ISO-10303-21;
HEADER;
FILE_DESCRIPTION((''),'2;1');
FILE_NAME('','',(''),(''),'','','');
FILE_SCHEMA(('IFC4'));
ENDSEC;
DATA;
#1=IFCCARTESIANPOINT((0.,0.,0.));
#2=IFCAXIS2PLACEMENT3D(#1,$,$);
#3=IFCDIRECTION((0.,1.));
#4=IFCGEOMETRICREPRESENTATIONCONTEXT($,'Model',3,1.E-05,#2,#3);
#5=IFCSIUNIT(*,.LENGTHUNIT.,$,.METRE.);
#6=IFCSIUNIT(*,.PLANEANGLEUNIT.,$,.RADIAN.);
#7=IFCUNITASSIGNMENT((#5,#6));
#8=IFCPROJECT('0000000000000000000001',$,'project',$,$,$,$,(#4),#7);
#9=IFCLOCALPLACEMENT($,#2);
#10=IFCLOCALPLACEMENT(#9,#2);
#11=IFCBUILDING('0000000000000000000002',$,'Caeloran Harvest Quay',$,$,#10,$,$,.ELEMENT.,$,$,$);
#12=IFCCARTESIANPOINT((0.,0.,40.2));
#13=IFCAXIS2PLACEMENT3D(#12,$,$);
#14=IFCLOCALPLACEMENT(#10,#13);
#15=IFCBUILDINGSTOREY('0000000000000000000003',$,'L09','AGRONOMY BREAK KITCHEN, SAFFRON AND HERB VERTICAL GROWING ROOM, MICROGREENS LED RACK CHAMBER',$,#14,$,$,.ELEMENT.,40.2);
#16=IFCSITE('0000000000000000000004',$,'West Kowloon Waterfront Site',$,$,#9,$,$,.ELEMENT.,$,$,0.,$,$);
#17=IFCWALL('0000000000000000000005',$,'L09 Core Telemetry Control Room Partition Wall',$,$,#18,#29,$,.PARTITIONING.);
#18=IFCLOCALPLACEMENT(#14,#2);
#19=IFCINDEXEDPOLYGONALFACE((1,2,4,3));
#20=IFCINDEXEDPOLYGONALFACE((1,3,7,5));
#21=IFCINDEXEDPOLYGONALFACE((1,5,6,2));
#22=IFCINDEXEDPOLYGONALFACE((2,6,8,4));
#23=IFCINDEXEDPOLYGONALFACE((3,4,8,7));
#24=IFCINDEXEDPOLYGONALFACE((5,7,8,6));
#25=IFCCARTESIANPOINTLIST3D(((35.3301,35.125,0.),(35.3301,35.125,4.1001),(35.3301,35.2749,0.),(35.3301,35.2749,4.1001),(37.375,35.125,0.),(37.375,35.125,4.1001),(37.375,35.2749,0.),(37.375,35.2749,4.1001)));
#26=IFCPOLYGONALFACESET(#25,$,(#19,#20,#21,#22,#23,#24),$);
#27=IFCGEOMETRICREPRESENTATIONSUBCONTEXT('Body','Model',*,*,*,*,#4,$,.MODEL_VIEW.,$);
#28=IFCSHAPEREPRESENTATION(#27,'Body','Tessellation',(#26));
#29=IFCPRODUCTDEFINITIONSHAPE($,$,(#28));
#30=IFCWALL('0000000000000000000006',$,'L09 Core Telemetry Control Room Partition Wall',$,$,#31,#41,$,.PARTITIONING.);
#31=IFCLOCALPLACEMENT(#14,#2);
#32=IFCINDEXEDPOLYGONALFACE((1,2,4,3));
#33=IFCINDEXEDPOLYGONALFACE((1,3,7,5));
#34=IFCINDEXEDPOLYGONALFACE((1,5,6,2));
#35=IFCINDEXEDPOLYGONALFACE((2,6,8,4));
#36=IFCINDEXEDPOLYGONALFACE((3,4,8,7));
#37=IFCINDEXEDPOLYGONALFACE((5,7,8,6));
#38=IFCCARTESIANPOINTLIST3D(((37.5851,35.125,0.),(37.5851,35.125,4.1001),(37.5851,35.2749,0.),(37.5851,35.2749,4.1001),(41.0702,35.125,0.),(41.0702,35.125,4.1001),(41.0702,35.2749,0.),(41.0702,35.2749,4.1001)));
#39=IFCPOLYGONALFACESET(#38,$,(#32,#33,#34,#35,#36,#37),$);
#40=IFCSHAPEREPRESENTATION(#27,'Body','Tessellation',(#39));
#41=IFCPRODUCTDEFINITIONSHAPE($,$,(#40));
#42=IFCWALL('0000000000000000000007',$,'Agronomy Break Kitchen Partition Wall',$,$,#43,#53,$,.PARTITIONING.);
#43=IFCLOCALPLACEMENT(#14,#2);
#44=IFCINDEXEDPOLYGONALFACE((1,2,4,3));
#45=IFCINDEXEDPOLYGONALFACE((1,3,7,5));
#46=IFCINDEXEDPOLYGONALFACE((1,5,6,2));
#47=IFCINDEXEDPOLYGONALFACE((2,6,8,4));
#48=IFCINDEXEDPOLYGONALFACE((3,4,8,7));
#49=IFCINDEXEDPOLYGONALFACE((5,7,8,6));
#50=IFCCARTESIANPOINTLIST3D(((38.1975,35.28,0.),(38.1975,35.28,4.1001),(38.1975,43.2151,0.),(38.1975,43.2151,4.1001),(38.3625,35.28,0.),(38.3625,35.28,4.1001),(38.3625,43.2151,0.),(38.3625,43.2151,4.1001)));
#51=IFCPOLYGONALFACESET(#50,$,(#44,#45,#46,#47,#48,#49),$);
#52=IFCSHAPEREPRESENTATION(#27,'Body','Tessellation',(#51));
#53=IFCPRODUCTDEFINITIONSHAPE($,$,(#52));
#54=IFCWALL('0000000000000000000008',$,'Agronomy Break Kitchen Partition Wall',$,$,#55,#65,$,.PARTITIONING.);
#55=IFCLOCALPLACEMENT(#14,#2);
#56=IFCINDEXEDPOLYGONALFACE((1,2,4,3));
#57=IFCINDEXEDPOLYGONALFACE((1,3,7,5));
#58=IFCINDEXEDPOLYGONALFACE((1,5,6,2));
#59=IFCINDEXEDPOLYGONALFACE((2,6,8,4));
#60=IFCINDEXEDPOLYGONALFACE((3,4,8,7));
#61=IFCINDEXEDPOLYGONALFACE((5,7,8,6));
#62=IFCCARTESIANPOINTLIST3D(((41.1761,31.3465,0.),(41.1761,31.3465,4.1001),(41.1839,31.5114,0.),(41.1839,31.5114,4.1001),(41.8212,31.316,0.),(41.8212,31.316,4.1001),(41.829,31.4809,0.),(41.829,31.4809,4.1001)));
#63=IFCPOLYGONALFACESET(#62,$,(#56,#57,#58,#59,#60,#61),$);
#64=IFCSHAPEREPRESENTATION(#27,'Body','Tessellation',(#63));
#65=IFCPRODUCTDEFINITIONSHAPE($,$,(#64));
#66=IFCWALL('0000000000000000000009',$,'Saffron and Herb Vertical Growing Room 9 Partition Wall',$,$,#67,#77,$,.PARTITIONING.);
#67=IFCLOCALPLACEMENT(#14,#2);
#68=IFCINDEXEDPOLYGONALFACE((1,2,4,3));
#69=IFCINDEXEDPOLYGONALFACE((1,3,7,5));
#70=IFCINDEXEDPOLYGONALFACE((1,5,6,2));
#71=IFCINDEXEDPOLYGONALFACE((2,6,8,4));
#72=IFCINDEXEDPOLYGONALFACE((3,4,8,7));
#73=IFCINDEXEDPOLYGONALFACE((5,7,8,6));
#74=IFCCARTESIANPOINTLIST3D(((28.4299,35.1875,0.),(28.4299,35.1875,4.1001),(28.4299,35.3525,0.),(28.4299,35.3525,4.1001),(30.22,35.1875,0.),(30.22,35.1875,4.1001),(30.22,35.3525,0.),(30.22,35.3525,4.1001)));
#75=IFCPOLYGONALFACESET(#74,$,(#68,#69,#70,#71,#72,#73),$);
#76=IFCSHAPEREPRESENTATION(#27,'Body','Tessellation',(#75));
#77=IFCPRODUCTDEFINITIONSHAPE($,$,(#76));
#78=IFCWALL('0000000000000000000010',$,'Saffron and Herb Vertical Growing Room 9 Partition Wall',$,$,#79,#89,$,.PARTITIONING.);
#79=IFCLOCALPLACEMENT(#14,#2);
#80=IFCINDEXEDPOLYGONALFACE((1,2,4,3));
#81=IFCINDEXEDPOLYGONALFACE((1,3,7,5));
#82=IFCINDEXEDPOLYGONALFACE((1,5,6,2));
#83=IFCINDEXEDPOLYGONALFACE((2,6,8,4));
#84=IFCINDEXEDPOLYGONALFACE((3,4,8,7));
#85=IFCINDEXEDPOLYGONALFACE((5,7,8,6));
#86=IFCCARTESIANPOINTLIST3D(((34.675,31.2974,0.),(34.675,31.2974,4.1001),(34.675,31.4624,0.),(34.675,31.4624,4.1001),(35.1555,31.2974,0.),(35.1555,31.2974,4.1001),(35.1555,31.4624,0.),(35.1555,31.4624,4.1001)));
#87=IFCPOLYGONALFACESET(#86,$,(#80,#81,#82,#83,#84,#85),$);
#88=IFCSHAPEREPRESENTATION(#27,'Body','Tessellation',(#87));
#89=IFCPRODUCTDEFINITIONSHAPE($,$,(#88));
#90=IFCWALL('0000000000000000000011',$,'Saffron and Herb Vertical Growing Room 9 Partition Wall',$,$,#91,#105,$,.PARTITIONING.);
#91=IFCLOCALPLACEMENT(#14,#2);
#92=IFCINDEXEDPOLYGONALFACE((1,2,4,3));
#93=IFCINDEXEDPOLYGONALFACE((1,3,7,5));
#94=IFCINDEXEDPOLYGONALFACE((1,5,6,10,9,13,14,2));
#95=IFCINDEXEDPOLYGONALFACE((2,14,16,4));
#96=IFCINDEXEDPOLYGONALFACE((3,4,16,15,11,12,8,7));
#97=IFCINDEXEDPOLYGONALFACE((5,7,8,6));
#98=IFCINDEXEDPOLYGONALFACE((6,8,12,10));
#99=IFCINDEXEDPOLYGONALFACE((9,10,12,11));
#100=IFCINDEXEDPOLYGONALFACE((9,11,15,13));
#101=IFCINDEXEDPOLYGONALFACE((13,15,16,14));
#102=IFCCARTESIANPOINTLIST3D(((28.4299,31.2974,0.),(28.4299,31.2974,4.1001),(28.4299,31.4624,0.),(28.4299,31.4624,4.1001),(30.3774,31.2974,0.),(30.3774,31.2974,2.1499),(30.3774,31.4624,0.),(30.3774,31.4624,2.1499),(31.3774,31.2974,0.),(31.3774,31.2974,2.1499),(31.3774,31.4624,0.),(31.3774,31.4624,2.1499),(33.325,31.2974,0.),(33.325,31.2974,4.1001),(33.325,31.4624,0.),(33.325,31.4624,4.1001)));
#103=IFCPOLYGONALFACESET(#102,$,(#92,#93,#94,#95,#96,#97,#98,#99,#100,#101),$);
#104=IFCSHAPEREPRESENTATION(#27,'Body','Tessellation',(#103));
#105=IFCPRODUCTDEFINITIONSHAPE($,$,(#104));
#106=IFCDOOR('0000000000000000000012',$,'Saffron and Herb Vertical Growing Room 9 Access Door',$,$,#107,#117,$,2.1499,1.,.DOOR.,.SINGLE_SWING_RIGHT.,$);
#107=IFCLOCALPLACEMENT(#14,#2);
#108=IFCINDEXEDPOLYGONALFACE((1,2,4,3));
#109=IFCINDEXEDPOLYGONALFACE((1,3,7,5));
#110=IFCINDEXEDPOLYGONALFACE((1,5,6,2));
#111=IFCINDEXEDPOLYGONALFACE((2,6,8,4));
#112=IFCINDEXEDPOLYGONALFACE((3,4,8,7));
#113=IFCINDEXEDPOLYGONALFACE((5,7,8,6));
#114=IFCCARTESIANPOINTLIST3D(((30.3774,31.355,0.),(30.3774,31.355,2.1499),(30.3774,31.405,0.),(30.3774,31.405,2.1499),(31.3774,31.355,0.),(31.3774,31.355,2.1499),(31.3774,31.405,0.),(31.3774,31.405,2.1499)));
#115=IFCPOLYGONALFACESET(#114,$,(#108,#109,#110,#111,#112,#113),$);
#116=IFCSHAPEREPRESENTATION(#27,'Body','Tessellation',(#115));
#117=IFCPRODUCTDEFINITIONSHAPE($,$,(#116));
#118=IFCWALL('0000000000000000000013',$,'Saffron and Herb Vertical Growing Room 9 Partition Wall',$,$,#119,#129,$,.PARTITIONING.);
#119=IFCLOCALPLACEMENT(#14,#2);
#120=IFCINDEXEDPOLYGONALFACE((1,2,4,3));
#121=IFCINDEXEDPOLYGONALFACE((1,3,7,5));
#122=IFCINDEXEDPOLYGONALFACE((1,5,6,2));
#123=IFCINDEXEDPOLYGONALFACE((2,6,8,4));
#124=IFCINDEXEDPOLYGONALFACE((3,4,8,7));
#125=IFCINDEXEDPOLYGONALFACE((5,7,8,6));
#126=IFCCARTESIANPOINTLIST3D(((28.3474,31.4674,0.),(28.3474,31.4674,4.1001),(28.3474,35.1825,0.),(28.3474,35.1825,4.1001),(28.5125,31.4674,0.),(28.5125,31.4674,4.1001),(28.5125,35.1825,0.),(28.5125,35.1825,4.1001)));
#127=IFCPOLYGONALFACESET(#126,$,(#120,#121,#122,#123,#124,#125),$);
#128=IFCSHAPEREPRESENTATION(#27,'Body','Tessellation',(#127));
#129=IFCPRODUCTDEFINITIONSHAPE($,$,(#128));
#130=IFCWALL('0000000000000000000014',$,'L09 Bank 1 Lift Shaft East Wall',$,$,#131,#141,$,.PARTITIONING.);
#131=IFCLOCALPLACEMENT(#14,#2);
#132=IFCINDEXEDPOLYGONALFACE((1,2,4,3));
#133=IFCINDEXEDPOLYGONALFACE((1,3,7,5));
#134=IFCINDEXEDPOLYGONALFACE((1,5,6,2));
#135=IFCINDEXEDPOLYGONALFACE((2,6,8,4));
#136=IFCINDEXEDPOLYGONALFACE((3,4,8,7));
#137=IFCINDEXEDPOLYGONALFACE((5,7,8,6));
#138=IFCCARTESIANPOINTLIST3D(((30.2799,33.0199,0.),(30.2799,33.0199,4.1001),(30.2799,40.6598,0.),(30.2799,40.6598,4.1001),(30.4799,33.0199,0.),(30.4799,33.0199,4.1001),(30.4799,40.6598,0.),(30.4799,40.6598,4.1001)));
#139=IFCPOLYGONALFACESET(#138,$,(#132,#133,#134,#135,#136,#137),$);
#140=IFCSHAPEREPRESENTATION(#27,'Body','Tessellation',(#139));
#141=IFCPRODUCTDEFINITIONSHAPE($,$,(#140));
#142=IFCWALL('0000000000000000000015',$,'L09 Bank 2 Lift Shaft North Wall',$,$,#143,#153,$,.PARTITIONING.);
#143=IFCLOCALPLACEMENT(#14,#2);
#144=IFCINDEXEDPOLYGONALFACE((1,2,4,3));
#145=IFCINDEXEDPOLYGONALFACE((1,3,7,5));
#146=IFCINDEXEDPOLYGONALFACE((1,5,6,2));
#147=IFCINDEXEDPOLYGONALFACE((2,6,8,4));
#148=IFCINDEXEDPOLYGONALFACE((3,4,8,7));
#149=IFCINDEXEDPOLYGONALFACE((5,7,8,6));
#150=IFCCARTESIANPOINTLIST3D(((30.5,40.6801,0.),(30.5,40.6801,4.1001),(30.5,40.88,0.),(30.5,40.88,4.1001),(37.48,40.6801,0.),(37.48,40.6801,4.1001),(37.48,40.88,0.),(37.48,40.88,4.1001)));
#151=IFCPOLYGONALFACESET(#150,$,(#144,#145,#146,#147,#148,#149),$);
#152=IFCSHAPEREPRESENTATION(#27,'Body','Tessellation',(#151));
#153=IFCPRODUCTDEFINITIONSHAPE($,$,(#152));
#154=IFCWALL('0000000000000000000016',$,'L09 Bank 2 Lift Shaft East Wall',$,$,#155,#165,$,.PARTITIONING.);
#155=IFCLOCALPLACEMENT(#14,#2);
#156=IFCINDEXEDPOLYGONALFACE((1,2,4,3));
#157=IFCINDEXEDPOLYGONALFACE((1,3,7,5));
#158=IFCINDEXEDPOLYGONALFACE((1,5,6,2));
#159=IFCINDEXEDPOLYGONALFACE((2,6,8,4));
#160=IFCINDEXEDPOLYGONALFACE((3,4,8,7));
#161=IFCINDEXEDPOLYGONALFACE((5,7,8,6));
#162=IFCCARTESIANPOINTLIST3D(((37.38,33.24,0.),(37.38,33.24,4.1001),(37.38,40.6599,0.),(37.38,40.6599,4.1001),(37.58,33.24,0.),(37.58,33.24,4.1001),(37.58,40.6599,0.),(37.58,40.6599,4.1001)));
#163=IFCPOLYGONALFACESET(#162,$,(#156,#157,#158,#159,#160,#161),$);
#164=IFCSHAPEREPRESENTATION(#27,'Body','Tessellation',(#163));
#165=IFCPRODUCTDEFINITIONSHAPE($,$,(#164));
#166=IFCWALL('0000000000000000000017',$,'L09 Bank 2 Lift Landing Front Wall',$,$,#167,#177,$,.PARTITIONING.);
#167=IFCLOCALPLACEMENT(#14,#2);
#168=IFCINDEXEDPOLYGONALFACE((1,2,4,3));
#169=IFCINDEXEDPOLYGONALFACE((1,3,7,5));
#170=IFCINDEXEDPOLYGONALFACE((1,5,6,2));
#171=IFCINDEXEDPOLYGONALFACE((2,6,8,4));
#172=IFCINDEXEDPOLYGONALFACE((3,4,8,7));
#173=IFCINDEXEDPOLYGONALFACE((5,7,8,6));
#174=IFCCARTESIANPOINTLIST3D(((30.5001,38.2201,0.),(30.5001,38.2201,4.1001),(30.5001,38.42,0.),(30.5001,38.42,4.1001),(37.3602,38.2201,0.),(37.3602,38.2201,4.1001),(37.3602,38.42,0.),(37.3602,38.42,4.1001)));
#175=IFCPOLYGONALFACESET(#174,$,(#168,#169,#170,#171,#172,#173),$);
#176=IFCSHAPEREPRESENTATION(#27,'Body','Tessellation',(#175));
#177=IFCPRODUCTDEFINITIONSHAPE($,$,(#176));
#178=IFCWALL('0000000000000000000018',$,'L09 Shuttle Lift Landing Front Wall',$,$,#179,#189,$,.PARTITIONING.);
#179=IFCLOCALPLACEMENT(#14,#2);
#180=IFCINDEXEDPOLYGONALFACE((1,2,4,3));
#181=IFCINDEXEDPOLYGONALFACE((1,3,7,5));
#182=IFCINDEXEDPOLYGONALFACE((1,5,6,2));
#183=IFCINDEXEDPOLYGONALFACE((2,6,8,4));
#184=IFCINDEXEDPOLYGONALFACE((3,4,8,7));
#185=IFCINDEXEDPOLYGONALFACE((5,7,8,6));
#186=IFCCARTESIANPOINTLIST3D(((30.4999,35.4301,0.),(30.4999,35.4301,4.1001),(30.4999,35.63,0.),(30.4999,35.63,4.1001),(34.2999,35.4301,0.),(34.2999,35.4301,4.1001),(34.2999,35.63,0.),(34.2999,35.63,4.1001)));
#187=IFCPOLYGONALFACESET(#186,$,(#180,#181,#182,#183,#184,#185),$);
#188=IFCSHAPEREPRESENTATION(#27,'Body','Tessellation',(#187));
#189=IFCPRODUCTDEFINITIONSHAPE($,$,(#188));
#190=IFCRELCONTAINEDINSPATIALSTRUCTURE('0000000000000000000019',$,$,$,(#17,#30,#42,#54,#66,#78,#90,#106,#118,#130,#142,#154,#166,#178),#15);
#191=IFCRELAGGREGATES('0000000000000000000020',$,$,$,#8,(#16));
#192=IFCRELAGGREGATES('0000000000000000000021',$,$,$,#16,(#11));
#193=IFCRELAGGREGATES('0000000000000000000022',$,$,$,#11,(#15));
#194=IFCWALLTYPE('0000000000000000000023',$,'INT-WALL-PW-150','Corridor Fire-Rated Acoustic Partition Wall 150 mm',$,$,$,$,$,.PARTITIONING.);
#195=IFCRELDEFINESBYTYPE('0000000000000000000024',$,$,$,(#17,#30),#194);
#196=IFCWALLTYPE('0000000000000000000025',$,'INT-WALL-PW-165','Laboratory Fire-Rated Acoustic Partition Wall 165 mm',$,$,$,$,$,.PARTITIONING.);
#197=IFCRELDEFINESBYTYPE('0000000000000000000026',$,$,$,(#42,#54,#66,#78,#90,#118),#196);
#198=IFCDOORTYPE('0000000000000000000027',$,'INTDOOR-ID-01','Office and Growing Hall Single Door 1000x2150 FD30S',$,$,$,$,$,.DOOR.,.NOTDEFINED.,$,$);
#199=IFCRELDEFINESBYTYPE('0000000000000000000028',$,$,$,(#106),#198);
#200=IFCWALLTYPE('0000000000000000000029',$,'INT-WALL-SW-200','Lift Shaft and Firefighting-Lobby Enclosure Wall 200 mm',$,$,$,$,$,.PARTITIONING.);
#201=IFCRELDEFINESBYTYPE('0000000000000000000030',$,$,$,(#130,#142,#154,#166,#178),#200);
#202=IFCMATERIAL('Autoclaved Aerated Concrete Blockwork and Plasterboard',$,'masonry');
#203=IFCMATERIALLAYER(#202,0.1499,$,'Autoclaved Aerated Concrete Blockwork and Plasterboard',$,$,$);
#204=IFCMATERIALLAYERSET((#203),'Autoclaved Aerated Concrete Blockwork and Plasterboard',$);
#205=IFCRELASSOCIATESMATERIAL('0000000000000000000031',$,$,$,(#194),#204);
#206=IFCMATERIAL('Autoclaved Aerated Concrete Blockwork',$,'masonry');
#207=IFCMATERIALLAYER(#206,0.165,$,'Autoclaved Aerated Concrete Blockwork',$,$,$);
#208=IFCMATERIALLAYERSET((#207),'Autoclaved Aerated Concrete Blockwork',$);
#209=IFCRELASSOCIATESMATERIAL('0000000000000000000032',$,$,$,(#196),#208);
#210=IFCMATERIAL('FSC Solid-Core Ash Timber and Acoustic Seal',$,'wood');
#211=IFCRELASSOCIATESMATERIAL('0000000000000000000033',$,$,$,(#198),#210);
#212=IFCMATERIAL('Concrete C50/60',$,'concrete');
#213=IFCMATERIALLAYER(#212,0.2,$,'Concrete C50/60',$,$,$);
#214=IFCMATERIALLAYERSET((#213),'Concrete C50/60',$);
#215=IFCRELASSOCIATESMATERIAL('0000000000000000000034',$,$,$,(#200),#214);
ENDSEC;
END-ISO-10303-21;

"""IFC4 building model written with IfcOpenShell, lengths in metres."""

from ifc_helpers import new_model, si_unit, direction, frame, frame_2d, origin, place, context, subcontext, project, spatial, rectangle, extrude, material, layer, layer_set, type_object, element, fill, save


model = new_model("IFC4")

# Units and contexts
model_context = context("Model", 3, precision=1e-05, world=origin(), true_north=direction((0.0, 1.0)))
body_context = subcontext(model_context, "Body", "Model", "MODEL_VIEW")
ifc_project = project(units=[si_unit("LENGTHUNIT", "METRE"), si_unit("PLANEANGLEUNIT", "RADIAN")], contexts=[model_context])

# Site, building, storey
site_placement = place(None, origin())
site = spatial("IfcSite", under=ifc_project, at=site_placement, Name="West Kowloon Waterfront Site", CompositionType="ELEMENT", RefElevation=0.0)
building_placement = place(site_placement, origin())
building = spatial("IfcBuilding", under=site, at=building_placement, Name="Caeloran Harvest Quay", CompositionType="ELEMENT")
storey_placement = place(building_placement, frame((0.0, 0.0, 40.2)))
storey = spatial("IfcBuildingStorey", under=building, at=storey_placement, Name="L09", Description="AGRONOMY BREAK KITCHEN, SAFFRON AND HERB VERTICAL GROWING ROOM, MICROGREENS LED RACK CHAMBER", CompositionType="ELEMENT", Elevation=40.2)

# Shared definitions
ifc_material_1 = material(Name="Autoclaved Aerated Concrete Blockwork and Plasterboard", Category="masonry")
ifc_layer_1 = layer(ifc_material_1, 0.1499, Name="Autoclaved Aerated Concrete Blockwork and Plasterboard")
ifc_layer_set_1 = layer_set([ifc_layer_1], Name="Autoclaved Aerated Concrete Blockwork and Plasterboard")
wall_type_1 = type_object("IfcWallType", Name="INT-WALL-PW-150", Description="Corridor Fire-Rated Acoustic Partition Wall 150 mm", PredefinedType="PARTITIONING", material=ifc_layer_set_1)

# Walls
wall_1_placement = place(storey_placement, frame((35.3301, 35.2, 0.0), z_axis=(0.0, 0.0, 1.0), x_axis=(1.0, 0.0, 0.0)))
element("IfcWall", 1, at=wall_1_placement, inside=storey, type_object=wall_type_1, Name="L09 Core Telemetry Control Room Partition Wall", PredefinedType="PARTITIONING", context=body_context, shape_type="SweptSolid", body=[
    extrude(rectangle(XDim=2.0449, YDim=0.1499, at=frame_2d((1.0225, 0.0))), origin(), (0.0, 0.0, 1.0), 4.1001),
])
wall_2_placement = place(storey_placement, frame((37.585, 35.2, 0.0), z_axis=(0.0, 0.0, 1.0), x_axis=(1.0, 0.0, 0.0)))
element("IfcWall", 2, at=wall_2_placement, inside=storey, type_object=wall_type_1, Name="L09 Core Telemetry Control Room Partition Wall", PredefinedType="PARTITIONING", context=body_context, shape_type="SweptSolid", body=[
    extrude(rectangle(XDim=3.4851, YDim=0.1499, at=frame_2d((1.7427, 0.0))), origin(), (0.0, 0.0, 1.0), 4.1001),
])
ifc_material_2 = material(Name="Autoclaved Aerated Concrete Blockwork", Category="masonry")
ifc_layer_2 = layer(ifc_material_2, 0.165, Name="Autoclaved Aerated Concrete Blockwork")
ifc_layer_set_2 = layer_set([ifc_layer_2], Name="Autoclaved Aerated Concrete Blockwork")
wall_type_2 = type_object("IfcWallType", Name="INT-WALL-PW-165", Description="Laboratory Fire-Rated Acoustic Partition Wall 165 mm", PredefinedType="PARTITIONING", material=ifc_layer_set_2)
wall_3_placement = place(storey_placement, frame((38.28, 35.28, 0.0), z_axis=(0.0, 0.0, 1.0), x_axis=(0.0, 1.0, 0.0)))
element("IfcWall", 3, at=wall_3_placement, inside=storey, type_object=wall_type_2, Name="Agronomy Break Kitchen Partition Wall", PredefinedType="PARTITIONING", context=body_context, shape_type="SweptSolid", body=[
    extrude(rectangle(XDim=7.9351, YDim=0.165, at=frame_2d((3.9675, 0.0))), origin(), (0.0, 0.0, 1.0), 4.1001),
])
wall_4_placement = place(storey_placement, frame((41.825, 31.3984, 0.0), z_axis=(0.0, 0.0, 1.0), x_axis=(-0.998883, 0.04726, 0.0)))
element("IfcWall", 4, at=wall_4_placement, inside=storey, type_object=wall_type_2, Name="Agronomy Break Kitchen Partition Wall", PredefinedType="PARTITIONING", context=body_context, shape_type="SweptSolid", body=[
    extrude(rectangle(XDim=0.6458, YDim=0.165, at=frame_2d((0.3228, 0.0))), origin(), (0.0, 0.0, 1.0), 4.1001),
])
wall_5_placement = place(storey_placement, frame((28.4299, 35.27, 0.0), z_axis=(0.0, 0.0, 1.0), x_axis=(1.0, 0.0, 0.0)))
element("IfcWall", 5, at=wall_5_placement, inside=storey, type_object=wall_type_2, Name="Saffron and Herb Vertical Growing Room 9 Partition Wall", PredefinedType="PARTITIONING", context=body_context, shape_type="SweptSolid", body=[
    extrude(rectangle(XDim=1.79, YDim=0.165, at=frame_2d((0.895, 0.0))), origin(), (0.0, 0.0, 1.0), 4.1001),
])
wall_6_placement = place(storey_placement, frame((35.1555, 31.3799, 0.0), z_axis=(0.0, 0.0, 1.0), x_axis=(-1.0, 0.0, 0.0)))
element("IfcWall", 6, at=wall_6_placement, inside=storey, type_object=wall_type_2, Name="Saffron and Herb Vertical Growing Room 9 Partition Wall", PredefinedType="PARTITIONING", context=body_context, shape_type="SweptSolid", body=[
    extrude(rectangle(XDim=0.4805, YDim=0.165, at=frame_2d((0.2402, 0.0))), origin(), (0.0, 0.0, 1.0), 4.1001),
])

# Wall, opening, door
wall_7_placement = place(storey_placement, frame((33.325, 31.3799, 0.0), z_axis=(0.0, 0.0, 1.0), x_axis=(-1.0, 0.0, 0.0)))
wall_7 = element("IfcWall", 7, at=wall_7_placement, inside=storey, type_object=wall_type_2, Name="Saffron and Herb Vertical Growing Room 9 Partition Wall", PredefinedType="PARTITIONING", context=body_context, shape_type="SweptSolid", body=[
    extrude(rectangle(XDim=4.895, YDim=0.165, at=frame_2d((2.4475, 0.0))), origin(), (0.0, 0.0, 1.0), 4.1001),
])
opening_1_placement = place(wall_7_placement, frame((1.9475, 0.0, 0.0)))
opening_1 = element("IfcOpeningElement", 8, at=opening_1_placement, cuts=wall_7, PredefinedType="OPENING", context=body_context, shape_type="SweptSolid", body=[
    extrude(rectangle(XDim=1.0, YDim=2.1499, at=frame_2d((0.5, 1.075))), frame((0.0, 0.0925, 0.0), z_axis=(0.0, -1.0, 0.0), x_axis=(1.0, 0.0, 0.0)), (0.0, 0.0, 1.0), 0.1851),
])
ifc_material_3 = material(Name="FSC Solid-Core Ash Timber and Acoustic Seal", Category="wood")
door_type_1 = type_object("IfcDoorType", Name="INTDOOR-ID-01", Description="Office and Growing Hall Single Door 1000x2150 FD30S", OperationType="NOTDEFINED", PredefinedType="DOOR", material=ifc_material_3)
door_1_placement = place(opening_1_placement, origin())
door_1 = element("IfcDoor", 9, at=door_1_placement, inside=storey, type_object=door_type_1, Name="Saffron and Herb Vertical Growing Room 9 Access Door", OperationType="SINGLE_SWING_RIGHT", OverallHeight=2.1499, OverallWidth=1.0, PredefinedType="DOOR", context=body_context, shape_type="SweptSolid", body=[
    extrude(rectangle(XDim=1.0, YDim=2.1499, at=frame_2d((0.5, 1.075))), frame((0.0, 0.0249, 0.0), z_axis=(0.0, -1.0, 0.0), x_axis=(1.0, 0.0, 0.0)), (0.0, 0.0, 1.0), 0.05),
])
fill(opening_1, door_1)

# Walls
wall_8_placement = place(storey_placement, frame((28.4299, 31.4675, 0.0), z_axis=(0.0, 0.0, 1.0), x_axis=(0.0, 1.0, 0.0)))
element("IfcWall", 10, at=wall_8_placement, inside=storey, type_object=wall_type_2, Name="Saffron and Herb Vertical Growing Room 9 Partition Wall", PredefinedType="PARTITIONING", context=body_context, shape_type="SweptSolid", body=[
    extrude(rectangle(XDim=3.7151, YDim=0.165, at=frame_2d((1.8574, 0.0))), origin(), (0.0, 0.0, 1.0), 4.1001),
])
ifc_material_4 = material(Name="Concrete C50/60", Category="concrete")
ifc_layer_3 = layer(ifc_material_4, 0.2, Name="Concrete C50/60")
ifc_layer_set_3 = layer_set([ifc_layer_3], Name="Concrete C50/60")
wall_type_3 = type_object("IfcWallType", Name="INT-WALL-SW-200", Description="Lift Shaft and Firefighting-Lobby Enclosure Wall 200 mm", PredefinedType="PARTITIONING", material=ifc_layer_set_3)
wall_9_placement = place(storey_placement, frame((30.3799, 33.02, 0.0), z_axis=(0.0, 0.0, 1.0), x_axis=(0.0, 1.0, 0.0)))
element("IfcWall", 11, at=wall_9_placement, inside=storey, type_object=wall_type_3, Name="L09 Bank 1 Lift Shaft East Wall", PredefinedType="PARTITIONING", context=body_context, shape_type="SweptSolid", body=[
    extrude(rectangle(XDim=7.6399, YDim=0.2, at=frame_2d((3.8198, 0.0))), origin(), (0.0, 0.0, 1.0), 4.1001),
])
wall_10_placement = place(storey_placement, frame((30.5, 40.78, 0.0), z_axis=(0.0, 0.0, 1.0), x_axis=(1.0, 0.0, 0.0)))
element("IfcWall", 12, at=wall_10_placement, inside=storey, type_object=wall_type_3, Name="L09 Bank 2 Lift Shaft North Wall", PredefinedType="PARTITIONING", context=body_context, shape_type="SweptSolid", body=[
    extrude(rectangle(XDim=6.98, YDim=0.2, at=frame_2d((3.49, 0.0))), origin(), (0.0, 0.0, 1.0), 4.1001),
])
wall_11_placement = place(storey_placement, frame((37.48, 33.24, 0.0), z_axis=(0.0, 0.0, 1.0), x_axis=(0.0, 1.0, 0.0)))
element("IfcWall", 13, at=wall_11_placement, inside=storey, type_object=wall_type_3, Name="L09 Bank 2 Lift Shaft East Wall", PredefinedType="PARTITIONING", context=body_context, shape_type="SweptSolid", body=[
    extrude(rectangle(XDim=7.4199, YDim=0.2, at=frame_2d((3.71, 0.0))), origin(), (0.0, 0.0, 1.0), 4.1001),
])
wall_12_placement = place(storey_placement, frame((30.5, 38.3201, 0.0), z_axis=(0.0, 0.0, 1.0), x_axis=(1.0, 0.0, 0.0)))
element("IfcWall", 14, at=wall_12_placement, inside=storey, type_object=wall_type_3, Name="L09 Bank 2 Lift Landing Front Wall", PredefinedType="PARTITIONING", context=body_context, shape_type="SweptSolid", body=[
    extrude(rectangle(XDim=6.8601, YDim=0.2, at=frame_2d((3.4302, 0.0))), origin(), (0.0, 0.0, 1.0), 4.1001),
])
for number, where, z_axis, x_axis, name in (
    (15, (30.5, 35.53, 0.0), (0.0, 0.0, 1.0), (1.0, 0.0, 0.0), "L09 Shuttle Lift Landing Front Wall"),
):
    element("IfcWall", number, at=place(storey_placement, frame(where, z_axis=z_axis, x_axis=x_axis)), inside=storey, type_object=wall_type_3, Name=name, PredefinedType="PARTITIONING", context=body_context, shape_type="SweptSolid", body=[
        extrude(rectangle(XDim=3.8, YDim=0.2, at=frame_2d((1.8999, 0.0))), origin(), (0.0, 0.0, 1.0), 4.1001),
    ])

save(model, "model.ifc")
